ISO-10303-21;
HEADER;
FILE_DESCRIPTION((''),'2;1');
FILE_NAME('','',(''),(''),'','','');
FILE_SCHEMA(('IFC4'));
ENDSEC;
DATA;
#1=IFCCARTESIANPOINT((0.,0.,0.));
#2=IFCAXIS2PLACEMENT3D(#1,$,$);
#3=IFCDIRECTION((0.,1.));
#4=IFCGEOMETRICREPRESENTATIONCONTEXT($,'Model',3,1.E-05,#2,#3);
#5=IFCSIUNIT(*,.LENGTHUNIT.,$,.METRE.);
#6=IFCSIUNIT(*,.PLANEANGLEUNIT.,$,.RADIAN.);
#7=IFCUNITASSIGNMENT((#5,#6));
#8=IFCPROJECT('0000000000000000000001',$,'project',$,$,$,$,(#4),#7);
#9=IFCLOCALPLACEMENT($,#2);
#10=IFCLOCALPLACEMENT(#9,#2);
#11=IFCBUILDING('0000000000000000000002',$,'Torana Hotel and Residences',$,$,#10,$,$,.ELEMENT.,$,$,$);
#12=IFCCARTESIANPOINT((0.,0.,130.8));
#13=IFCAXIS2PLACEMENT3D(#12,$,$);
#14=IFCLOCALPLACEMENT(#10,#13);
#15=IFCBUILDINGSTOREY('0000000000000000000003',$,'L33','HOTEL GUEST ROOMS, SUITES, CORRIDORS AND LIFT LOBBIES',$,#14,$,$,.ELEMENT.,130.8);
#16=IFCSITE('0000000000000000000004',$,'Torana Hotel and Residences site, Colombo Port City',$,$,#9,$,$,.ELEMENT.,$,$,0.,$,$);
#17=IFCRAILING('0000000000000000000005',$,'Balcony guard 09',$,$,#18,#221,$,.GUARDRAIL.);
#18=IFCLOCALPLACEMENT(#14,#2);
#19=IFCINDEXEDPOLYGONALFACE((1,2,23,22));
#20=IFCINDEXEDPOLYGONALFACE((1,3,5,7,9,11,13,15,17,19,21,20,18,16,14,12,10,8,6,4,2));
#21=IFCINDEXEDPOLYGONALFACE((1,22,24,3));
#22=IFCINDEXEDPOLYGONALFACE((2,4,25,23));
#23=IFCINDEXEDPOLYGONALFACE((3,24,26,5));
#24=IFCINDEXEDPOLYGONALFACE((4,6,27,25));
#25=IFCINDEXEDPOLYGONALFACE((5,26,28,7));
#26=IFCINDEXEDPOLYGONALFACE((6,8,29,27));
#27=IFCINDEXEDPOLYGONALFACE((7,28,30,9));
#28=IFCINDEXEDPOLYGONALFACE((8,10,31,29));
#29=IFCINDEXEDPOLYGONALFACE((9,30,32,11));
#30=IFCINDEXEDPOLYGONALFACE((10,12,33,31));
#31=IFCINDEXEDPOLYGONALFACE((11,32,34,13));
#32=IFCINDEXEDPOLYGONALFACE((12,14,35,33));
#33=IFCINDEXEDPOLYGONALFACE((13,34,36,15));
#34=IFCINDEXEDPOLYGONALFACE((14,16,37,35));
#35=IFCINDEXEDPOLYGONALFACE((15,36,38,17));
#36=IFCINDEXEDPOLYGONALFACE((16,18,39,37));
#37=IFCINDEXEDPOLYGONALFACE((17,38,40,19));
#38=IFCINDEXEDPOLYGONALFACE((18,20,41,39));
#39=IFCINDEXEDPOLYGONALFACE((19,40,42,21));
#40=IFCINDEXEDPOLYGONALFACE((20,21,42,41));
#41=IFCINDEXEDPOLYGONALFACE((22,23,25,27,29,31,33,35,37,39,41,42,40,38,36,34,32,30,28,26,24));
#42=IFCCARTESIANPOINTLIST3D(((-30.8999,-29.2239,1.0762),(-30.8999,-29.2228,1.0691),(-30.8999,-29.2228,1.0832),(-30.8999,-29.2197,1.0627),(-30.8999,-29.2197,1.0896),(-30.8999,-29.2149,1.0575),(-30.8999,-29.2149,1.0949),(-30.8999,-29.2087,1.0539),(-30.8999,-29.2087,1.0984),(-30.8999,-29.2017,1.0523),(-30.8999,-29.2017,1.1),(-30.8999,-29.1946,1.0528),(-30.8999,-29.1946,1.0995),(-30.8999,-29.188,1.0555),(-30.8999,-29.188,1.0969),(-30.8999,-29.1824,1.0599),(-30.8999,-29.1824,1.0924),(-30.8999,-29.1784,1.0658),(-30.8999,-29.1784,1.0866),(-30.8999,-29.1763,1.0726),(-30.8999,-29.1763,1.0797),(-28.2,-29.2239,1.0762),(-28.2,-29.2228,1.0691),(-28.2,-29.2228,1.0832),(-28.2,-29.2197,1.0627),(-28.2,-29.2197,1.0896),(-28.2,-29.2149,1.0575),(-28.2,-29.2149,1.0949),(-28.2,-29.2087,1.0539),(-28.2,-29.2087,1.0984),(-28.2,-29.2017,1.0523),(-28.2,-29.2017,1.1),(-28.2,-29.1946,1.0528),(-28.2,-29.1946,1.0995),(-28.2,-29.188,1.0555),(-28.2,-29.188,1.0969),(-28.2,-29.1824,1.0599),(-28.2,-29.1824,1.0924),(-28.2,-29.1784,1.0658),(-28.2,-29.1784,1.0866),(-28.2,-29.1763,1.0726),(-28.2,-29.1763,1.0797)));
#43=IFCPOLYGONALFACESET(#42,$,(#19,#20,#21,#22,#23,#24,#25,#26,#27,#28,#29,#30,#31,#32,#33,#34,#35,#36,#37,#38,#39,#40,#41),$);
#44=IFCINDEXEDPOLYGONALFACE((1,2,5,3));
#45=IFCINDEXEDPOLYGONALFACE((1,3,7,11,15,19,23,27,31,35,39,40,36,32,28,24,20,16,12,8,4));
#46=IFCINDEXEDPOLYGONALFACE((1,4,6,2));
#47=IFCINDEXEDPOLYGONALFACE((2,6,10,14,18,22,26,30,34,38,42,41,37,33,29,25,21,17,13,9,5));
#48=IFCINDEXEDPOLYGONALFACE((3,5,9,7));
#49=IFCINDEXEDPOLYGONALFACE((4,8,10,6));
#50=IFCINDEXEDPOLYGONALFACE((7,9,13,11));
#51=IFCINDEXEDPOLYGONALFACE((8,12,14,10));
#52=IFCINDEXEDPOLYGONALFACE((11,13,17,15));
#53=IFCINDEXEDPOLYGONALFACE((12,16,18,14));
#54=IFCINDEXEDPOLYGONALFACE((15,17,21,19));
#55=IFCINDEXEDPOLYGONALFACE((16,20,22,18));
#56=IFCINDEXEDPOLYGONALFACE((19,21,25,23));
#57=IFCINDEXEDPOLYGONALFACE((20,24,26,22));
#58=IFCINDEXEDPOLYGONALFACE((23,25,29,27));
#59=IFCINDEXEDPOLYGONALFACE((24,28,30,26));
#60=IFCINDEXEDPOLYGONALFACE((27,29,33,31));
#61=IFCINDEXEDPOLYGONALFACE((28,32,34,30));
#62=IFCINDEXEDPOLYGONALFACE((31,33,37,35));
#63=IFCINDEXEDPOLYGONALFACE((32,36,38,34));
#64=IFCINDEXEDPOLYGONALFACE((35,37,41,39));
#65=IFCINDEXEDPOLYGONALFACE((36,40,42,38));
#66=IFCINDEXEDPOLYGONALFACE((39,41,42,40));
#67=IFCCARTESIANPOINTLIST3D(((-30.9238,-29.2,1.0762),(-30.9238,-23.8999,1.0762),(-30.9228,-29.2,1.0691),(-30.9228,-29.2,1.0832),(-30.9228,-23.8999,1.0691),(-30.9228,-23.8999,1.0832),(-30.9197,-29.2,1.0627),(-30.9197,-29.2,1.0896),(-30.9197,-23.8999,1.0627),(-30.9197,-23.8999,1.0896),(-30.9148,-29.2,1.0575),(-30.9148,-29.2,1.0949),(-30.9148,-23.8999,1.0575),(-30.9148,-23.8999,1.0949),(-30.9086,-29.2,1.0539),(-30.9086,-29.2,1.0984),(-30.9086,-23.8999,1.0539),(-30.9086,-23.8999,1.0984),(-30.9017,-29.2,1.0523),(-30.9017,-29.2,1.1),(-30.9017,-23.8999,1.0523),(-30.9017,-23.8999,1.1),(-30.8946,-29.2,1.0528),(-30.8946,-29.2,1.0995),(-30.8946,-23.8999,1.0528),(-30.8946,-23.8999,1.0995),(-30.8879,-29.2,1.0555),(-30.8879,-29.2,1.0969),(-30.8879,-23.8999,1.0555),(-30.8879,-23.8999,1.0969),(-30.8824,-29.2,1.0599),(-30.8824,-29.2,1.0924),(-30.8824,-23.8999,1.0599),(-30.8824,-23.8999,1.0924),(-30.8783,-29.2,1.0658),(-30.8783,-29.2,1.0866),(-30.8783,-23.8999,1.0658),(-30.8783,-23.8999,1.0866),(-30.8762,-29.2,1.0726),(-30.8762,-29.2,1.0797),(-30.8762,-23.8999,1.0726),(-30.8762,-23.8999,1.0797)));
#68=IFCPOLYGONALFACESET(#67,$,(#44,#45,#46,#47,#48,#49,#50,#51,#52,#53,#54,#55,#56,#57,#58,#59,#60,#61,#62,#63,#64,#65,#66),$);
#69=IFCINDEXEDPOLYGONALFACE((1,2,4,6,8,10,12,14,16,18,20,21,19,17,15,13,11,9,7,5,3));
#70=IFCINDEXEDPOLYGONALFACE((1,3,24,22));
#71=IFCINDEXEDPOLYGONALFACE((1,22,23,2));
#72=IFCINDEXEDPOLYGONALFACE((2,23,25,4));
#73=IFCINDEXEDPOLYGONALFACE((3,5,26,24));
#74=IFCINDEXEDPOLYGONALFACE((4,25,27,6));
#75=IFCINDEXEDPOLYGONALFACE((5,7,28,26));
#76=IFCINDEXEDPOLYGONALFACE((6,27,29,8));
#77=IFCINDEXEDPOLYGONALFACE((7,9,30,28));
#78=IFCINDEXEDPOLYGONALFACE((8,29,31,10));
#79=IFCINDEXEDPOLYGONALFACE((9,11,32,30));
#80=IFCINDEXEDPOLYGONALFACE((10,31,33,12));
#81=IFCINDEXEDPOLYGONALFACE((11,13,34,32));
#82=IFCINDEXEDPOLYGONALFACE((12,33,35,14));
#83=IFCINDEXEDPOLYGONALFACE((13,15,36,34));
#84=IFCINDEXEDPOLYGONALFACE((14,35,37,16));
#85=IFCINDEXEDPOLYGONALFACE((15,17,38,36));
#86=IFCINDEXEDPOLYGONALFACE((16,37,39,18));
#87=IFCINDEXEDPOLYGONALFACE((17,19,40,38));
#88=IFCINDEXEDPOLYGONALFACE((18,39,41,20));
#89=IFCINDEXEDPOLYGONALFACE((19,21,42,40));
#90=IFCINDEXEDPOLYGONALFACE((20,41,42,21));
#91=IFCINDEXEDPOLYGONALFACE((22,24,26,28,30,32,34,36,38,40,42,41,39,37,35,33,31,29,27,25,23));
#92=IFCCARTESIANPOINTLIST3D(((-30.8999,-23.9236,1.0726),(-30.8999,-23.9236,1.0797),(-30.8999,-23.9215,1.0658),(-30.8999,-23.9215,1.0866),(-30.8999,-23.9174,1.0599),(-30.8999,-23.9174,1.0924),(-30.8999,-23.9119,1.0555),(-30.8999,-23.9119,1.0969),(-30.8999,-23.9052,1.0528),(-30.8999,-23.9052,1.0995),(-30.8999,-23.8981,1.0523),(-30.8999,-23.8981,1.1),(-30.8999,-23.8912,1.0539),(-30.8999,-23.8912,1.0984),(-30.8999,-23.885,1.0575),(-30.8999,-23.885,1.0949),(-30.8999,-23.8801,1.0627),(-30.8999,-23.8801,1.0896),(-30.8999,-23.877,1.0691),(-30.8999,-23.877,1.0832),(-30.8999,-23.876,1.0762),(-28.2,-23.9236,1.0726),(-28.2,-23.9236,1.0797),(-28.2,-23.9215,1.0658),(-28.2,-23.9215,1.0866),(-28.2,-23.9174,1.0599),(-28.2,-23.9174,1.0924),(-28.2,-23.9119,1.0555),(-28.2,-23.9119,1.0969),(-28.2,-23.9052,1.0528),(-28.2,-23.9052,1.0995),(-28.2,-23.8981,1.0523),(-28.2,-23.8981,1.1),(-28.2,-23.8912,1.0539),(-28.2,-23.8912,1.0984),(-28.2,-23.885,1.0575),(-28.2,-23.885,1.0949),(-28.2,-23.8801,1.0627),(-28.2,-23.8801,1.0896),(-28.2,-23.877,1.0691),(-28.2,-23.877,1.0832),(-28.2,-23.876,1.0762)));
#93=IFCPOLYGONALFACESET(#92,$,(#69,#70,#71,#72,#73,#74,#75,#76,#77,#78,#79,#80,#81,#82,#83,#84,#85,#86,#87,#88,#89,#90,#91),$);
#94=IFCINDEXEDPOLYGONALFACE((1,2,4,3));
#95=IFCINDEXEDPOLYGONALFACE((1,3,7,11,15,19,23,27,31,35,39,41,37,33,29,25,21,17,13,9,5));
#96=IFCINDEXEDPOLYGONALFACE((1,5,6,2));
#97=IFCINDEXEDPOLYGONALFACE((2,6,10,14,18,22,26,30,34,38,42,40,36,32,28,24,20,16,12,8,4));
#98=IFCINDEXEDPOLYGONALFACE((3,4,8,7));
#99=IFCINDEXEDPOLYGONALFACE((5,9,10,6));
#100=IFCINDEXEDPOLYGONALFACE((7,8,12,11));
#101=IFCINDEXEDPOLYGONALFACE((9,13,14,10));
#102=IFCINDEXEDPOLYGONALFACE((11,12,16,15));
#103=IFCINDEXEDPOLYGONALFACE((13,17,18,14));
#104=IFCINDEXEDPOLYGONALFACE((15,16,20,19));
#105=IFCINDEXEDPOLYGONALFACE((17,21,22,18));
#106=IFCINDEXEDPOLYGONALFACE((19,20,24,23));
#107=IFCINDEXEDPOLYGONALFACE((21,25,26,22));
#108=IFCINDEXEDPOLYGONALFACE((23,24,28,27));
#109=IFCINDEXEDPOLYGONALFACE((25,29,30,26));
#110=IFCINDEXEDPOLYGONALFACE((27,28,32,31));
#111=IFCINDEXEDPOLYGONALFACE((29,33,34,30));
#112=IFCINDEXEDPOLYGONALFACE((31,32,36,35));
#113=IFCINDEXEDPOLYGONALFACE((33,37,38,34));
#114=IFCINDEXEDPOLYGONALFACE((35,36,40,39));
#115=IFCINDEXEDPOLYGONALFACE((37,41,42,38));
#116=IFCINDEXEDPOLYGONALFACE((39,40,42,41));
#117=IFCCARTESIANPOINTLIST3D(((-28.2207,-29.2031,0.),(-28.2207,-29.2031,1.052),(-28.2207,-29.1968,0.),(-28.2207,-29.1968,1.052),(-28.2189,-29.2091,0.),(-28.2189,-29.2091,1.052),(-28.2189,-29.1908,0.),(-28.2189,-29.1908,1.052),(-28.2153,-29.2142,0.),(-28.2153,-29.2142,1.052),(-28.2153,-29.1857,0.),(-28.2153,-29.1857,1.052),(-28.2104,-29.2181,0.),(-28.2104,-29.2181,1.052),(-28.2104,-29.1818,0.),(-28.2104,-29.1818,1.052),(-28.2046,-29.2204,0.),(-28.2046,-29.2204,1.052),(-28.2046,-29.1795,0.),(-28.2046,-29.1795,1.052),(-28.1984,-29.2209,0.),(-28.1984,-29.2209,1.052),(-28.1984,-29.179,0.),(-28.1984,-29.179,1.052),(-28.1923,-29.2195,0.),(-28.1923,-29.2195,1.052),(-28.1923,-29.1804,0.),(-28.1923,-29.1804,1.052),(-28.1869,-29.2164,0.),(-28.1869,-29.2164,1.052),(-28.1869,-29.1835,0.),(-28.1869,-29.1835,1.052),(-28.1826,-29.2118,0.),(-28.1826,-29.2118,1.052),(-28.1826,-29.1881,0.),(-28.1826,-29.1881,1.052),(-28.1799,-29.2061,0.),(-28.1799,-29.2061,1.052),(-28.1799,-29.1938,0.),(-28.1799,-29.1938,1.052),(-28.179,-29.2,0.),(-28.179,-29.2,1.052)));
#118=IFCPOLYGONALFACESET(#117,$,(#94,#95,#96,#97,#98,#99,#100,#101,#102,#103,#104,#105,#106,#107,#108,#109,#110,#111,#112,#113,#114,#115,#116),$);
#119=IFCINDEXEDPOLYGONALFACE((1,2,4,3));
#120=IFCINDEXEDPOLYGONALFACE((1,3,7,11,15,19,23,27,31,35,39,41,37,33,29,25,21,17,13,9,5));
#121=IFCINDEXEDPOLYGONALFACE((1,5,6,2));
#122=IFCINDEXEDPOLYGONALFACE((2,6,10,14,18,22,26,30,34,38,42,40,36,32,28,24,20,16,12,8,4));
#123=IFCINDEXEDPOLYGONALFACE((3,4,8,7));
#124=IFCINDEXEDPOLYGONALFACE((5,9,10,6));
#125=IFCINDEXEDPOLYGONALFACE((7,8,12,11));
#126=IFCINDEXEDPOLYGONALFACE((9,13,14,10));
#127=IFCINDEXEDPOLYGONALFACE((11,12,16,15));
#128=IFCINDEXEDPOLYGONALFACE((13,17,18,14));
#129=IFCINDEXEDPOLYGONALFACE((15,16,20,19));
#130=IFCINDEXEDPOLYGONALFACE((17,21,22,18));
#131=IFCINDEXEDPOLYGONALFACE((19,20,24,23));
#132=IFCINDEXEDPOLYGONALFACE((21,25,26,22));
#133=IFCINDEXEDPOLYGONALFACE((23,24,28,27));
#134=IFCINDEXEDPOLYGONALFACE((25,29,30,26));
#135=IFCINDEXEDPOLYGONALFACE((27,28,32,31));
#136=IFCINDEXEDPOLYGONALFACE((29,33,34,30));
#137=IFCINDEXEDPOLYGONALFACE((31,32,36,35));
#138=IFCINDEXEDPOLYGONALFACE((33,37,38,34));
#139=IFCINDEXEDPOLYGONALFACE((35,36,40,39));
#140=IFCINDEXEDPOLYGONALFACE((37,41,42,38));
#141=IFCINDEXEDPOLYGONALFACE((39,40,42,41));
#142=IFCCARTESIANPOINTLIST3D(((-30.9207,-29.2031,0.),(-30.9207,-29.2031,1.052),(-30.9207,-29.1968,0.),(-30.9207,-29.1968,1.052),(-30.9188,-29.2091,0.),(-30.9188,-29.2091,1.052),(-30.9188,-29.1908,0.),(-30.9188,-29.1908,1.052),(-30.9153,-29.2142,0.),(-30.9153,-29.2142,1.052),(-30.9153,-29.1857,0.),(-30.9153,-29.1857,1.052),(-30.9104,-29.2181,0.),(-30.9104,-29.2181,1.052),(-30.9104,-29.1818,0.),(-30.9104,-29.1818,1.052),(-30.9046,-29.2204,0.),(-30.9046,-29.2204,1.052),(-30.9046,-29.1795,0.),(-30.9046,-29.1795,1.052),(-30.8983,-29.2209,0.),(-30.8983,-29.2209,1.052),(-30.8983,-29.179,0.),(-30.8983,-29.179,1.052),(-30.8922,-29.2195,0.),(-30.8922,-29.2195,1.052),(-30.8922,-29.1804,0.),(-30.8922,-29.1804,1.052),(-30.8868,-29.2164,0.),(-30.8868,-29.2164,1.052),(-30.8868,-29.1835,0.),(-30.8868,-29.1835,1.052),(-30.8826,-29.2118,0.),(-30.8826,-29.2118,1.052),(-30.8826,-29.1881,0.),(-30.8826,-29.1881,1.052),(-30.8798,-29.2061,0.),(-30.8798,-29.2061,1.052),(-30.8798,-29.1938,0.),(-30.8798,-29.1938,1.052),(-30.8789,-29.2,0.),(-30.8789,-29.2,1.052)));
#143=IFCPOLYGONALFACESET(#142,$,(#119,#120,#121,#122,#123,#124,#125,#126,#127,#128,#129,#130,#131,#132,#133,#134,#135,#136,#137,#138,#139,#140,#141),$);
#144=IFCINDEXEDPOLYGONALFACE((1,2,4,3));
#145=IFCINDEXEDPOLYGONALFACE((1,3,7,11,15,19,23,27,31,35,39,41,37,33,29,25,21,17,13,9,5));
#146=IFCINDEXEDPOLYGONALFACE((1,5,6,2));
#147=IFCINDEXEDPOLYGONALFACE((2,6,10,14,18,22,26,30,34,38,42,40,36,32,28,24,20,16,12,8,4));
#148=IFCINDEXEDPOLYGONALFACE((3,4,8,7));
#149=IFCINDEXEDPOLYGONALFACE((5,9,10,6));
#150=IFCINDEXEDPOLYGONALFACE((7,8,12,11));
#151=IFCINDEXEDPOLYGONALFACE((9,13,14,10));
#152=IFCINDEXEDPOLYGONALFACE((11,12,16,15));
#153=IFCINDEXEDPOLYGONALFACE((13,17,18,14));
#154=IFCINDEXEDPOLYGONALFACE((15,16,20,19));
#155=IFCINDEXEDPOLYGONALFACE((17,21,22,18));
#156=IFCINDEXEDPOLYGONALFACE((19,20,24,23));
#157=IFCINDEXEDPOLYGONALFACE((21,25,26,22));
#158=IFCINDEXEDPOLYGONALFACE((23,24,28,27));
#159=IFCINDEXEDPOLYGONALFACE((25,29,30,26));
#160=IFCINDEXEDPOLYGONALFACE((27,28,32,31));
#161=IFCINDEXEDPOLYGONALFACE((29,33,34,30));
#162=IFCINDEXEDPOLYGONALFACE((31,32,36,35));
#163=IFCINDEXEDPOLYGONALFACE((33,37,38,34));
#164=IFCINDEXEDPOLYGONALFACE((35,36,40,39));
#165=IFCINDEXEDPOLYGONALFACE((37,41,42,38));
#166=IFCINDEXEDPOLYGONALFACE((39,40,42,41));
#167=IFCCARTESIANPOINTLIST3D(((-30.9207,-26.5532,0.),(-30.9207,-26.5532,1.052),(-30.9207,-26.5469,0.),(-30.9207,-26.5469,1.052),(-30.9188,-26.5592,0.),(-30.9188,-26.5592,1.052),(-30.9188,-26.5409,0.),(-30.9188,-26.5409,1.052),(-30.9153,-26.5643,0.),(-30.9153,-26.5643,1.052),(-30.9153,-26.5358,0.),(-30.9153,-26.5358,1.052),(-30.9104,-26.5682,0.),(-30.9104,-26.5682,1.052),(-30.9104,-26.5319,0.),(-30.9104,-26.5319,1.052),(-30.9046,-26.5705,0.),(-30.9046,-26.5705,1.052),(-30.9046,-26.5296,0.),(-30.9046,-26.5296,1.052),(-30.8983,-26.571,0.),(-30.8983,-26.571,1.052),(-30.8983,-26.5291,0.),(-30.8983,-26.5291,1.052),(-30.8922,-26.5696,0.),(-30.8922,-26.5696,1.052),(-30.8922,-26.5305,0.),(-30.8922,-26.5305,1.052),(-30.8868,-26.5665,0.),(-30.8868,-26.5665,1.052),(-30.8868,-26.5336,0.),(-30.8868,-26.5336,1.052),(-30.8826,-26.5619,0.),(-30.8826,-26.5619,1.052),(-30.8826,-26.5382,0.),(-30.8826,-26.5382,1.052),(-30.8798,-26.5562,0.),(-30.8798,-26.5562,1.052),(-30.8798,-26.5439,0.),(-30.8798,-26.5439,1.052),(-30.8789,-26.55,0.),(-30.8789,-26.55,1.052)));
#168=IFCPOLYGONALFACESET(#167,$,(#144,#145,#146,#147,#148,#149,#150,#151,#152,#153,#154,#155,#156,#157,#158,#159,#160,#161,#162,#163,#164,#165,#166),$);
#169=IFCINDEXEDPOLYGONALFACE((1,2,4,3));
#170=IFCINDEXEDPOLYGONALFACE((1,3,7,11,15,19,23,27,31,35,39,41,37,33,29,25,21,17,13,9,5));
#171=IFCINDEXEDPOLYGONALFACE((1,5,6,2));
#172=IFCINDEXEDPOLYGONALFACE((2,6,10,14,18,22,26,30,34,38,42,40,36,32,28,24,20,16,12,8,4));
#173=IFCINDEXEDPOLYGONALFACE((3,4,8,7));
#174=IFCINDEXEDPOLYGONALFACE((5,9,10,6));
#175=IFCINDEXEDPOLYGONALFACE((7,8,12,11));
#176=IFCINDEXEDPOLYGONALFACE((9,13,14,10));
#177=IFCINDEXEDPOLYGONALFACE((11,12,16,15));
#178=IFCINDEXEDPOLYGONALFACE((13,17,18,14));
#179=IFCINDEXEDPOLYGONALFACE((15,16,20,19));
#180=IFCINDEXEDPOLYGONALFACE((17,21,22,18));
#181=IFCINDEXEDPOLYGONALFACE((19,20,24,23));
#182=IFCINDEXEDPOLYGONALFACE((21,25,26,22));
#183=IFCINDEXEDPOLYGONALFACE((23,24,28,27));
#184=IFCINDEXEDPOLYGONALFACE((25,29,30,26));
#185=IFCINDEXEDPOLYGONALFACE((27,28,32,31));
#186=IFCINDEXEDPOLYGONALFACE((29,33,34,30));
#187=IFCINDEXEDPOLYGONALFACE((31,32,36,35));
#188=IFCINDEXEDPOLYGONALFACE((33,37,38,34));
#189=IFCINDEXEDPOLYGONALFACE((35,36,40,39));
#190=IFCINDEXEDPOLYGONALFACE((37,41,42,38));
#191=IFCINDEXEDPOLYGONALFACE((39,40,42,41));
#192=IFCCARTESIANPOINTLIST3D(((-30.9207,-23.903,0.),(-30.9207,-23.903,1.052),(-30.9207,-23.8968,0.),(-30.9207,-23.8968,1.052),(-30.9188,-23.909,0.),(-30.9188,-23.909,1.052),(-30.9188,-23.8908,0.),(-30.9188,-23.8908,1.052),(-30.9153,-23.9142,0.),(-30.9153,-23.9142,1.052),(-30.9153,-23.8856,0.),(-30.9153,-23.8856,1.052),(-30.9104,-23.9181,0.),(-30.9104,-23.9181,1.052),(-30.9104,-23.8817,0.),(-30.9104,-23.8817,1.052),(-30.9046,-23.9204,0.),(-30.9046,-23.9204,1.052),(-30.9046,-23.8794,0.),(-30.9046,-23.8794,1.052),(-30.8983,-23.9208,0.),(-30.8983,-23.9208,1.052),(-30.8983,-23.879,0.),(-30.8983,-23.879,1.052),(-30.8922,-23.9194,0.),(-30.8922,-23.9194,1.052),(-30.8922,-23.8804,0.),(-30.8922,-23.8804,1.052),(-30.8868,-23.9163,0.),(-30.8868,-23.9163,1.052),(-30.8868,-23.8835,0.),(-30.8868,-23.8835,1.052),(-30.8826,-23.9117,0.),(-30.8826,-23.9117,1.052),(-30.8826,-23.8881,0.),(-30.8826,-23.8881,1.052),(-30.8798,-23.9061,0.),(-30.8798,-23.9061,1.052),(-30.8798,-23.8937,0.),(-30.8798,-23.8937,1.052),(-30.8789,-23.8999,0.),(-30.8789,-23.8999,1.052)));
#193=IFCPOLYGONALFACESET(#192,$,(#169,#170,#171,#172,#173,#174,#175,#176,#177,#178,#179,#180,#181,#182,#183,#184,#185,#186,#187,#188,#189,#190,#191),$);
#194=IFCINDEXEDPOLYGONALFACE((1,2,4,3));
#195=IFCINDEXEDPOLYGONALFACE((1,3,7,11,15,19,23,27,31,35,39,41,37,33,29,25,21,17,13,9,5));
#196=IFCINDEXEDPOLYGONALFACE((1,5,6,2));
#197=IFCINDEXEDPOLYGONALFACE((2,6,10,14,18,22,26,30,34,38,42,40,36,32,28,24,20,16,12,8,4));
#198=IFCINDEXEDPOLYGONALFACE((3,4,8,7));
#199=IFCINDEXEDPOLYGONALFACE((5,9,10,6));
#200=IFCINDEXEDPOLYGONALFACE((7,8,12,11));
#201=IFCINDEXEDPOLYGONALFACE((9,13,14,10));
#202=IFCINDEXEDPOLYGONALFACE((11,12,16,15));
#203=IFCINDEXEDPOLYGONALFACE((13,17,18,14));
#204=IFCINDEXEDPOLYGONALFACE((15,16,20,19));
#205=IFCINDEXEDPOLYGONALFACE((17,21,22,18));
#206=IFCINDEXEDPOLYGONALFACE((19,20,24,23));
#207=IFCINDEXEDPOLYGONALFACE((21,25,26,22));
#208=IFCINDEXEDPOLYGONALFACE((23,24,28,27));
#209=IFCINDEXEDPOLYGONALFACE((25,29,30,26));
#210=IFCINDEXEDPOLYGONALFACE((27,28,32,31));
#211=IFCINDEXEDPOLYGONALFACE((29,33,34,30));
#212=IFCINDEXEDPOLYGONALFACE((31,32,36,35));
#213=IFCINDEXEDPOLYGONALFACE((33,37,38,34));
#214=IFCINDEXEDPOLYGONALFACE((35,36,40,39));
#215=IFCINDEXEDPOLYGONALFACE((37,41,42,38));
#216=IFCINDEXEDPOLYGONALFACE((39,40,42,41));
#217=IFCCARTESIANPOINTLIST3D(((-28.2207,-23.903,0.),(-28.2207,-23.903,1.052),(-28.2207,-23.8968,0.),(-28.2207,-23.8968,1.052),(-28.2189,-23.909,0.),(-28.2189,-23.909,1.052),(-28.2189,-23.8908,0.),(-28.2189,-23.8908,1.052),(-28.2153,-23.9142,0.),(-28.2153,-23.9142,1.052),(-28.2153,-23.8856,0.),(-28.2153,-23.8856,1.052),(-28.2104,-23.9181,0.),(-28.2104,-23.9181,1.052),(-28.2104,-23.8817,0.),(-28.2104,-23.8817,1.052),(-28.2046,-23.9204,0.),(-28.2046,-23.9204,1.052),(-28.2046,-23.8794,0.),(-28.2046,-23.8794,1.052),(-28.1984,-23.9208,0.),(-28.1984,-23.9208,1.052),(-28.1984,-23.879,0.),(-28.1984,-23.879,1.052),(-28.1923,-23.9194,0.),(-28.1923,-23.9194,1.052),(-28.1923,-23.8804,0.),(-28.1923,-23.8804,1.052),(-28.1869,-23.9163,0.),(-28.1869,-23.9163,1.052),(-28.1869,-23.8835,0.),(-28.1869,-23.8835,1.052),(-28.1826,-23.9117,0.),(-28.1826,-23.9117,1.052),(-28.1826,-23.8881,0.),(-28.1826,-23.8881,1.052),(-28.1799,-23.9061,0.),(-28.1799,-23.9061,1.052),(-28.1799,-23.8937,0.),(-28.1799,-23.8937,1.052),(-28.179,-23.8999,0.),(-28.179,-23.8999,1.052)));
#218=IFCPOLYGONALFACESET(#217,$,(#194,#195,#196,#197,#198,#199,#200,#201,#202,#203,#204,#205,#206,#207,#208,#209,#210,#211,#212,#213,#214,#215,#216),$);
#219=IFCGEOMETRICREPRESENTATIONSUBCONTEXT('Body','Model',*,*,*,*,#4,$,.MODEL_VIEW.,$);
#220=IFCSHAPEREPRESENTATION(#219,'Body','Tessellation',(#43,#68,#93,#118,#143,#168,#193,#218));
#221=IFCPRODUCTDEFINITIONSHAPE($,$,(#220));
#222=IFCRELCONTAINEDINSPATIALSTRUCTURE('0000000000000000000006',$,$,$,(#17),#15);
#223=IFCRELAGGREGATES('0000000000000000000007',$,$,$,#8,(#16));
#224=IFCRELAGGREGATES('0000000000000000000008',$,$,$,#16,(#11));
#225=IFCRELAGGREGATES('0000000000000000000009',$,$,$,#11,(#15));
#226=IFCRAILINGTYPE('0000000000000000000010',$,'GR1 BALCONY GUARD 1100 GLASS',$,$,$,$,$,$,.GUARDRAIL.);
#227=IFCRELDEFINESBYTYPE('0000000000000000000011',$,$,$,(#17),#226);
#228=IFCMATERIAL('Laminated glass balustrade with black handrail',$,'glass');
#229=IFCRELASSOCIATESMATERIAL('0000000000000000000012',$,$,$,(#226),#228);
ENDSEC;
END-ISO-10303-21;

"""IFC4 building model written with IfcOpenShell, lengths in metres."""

from ifc_helpers import new_model, si_unit, direction, frame, origin, origin_2d, place, context, subcontext, project, spatial, circle, extrude, material, type_object, element, save


model = new_model("IFC4")

# Units and contexts
model_context = context("Model", 3, precision=1e-05, world=origin(), true_north=direction((0.0, 1.0)))
body_context = subcontext(model_context, "Body", "Model", "MODEL_VIEW")
ifc_project = project(units=[si_unit("LENGTHUNIT", "METRE"), si_unit("PLANEANGLEUNIT", "RADIAN")], contexts=[model_context])

# Site, building, storey
site_placement = place(None, origin())
site = spatial("IfcSite", under=ifc_project, at=site_placement, Name="Torana Hotel and Residences site, Colombo Port City", CompositionType="ELEMENT", RefElevation=0.0)
building_placement = place(site_placement, origin())
building = spatial("IfcBuilding", under=site, at=building_placement, Name="Torana Hotel and Residences", CompositionType="ELEMENT")
storey_placement = place(building_placement, frame((0.0, 0.0, 130.8)))
storey = spatial("IfcBuildingStorey", under=building, at=storey_placement, Name="L33", Description="HOTEL GUEST ROOMS, SUITES, CORRIDORS AND LIFT LOBBIES", CompositionType="ELEMENT", Elevation=130.8)

# Railing
ifc_material_1 = material(Name="Laminated glass balustrade with black handrail", Category="glass")
railing_type = type_object("IfcRailingType", Name="GR1 BALCONY GUARD 1100 GLASS", PredefinedType="GUARDRAIL", material=ifc_material_1)
railing_placement = place(storey_placement, frame((-28.2, -29.2, 0.0)))
element("IfcRailing", 1, at=railing_placement, inside=storey, type_object=railing_type, Name="Balcony guard 09", PredefinedType="GUARDRAIL", context=body_context, shape_type="SweptSolid", body=[
    extrude(circle(Radius=0.0239, at=origin_2d()), frame((0.0, 0.0, 1.0762), z_axis=(-1.0, 0.0, 0.0), x_axis=(0.0, -1.0, 0.0)), (0.0, 0.0, 1.0), 2.7),
    extrude(circle(Radius=0.0239, at=origin_2d()), frame((-2.7, 0.0, 1.0762), z_axis=(0.0, 1.0, 0.0), x_axis=(-1.0, 0.0, 0.0)), (0.0, 0.0, 1.0), 5.3),
    extrude(circle(Radius=0.0239, at=origin_2d()), frame((-2.7, 5.3, 1.0762), z_axis=(1.0, 0.0, 0.0), x_axis=(0.0, 1.0, 0.0)), (0.0, 0.0, 1.0), 2.7),
    extrude(circle(Radius=0.021, at=origin_2d()), origin(), (0.0, 0.0, 1.0), 1.052),
    extrude(circle(Radius=0.021, at=origin_2d()), frame((-2.7, 0.0, 0.0)), (0.0, 0.0, 1.0), 1.052),
    extrude(circle(Radius=0.021, at=origin_2d()), frame((-2.7, 2.6499, 0.0)), (0.0, 0.0, 1.0), 1.052),
    extrude(circle(Radius=0.021, at=origin_2d()), frame((-2.7, 5.3, 0.0)), (0.0, 0.0, 1.0), 1.052),
    extrude(circle(Radius=0.021, at=origin_2d()), frame((0.0, 5.3, 0.0)), (0.0, 0.0, 1.0), 1.052),
])

save(model, "model.ifc")
